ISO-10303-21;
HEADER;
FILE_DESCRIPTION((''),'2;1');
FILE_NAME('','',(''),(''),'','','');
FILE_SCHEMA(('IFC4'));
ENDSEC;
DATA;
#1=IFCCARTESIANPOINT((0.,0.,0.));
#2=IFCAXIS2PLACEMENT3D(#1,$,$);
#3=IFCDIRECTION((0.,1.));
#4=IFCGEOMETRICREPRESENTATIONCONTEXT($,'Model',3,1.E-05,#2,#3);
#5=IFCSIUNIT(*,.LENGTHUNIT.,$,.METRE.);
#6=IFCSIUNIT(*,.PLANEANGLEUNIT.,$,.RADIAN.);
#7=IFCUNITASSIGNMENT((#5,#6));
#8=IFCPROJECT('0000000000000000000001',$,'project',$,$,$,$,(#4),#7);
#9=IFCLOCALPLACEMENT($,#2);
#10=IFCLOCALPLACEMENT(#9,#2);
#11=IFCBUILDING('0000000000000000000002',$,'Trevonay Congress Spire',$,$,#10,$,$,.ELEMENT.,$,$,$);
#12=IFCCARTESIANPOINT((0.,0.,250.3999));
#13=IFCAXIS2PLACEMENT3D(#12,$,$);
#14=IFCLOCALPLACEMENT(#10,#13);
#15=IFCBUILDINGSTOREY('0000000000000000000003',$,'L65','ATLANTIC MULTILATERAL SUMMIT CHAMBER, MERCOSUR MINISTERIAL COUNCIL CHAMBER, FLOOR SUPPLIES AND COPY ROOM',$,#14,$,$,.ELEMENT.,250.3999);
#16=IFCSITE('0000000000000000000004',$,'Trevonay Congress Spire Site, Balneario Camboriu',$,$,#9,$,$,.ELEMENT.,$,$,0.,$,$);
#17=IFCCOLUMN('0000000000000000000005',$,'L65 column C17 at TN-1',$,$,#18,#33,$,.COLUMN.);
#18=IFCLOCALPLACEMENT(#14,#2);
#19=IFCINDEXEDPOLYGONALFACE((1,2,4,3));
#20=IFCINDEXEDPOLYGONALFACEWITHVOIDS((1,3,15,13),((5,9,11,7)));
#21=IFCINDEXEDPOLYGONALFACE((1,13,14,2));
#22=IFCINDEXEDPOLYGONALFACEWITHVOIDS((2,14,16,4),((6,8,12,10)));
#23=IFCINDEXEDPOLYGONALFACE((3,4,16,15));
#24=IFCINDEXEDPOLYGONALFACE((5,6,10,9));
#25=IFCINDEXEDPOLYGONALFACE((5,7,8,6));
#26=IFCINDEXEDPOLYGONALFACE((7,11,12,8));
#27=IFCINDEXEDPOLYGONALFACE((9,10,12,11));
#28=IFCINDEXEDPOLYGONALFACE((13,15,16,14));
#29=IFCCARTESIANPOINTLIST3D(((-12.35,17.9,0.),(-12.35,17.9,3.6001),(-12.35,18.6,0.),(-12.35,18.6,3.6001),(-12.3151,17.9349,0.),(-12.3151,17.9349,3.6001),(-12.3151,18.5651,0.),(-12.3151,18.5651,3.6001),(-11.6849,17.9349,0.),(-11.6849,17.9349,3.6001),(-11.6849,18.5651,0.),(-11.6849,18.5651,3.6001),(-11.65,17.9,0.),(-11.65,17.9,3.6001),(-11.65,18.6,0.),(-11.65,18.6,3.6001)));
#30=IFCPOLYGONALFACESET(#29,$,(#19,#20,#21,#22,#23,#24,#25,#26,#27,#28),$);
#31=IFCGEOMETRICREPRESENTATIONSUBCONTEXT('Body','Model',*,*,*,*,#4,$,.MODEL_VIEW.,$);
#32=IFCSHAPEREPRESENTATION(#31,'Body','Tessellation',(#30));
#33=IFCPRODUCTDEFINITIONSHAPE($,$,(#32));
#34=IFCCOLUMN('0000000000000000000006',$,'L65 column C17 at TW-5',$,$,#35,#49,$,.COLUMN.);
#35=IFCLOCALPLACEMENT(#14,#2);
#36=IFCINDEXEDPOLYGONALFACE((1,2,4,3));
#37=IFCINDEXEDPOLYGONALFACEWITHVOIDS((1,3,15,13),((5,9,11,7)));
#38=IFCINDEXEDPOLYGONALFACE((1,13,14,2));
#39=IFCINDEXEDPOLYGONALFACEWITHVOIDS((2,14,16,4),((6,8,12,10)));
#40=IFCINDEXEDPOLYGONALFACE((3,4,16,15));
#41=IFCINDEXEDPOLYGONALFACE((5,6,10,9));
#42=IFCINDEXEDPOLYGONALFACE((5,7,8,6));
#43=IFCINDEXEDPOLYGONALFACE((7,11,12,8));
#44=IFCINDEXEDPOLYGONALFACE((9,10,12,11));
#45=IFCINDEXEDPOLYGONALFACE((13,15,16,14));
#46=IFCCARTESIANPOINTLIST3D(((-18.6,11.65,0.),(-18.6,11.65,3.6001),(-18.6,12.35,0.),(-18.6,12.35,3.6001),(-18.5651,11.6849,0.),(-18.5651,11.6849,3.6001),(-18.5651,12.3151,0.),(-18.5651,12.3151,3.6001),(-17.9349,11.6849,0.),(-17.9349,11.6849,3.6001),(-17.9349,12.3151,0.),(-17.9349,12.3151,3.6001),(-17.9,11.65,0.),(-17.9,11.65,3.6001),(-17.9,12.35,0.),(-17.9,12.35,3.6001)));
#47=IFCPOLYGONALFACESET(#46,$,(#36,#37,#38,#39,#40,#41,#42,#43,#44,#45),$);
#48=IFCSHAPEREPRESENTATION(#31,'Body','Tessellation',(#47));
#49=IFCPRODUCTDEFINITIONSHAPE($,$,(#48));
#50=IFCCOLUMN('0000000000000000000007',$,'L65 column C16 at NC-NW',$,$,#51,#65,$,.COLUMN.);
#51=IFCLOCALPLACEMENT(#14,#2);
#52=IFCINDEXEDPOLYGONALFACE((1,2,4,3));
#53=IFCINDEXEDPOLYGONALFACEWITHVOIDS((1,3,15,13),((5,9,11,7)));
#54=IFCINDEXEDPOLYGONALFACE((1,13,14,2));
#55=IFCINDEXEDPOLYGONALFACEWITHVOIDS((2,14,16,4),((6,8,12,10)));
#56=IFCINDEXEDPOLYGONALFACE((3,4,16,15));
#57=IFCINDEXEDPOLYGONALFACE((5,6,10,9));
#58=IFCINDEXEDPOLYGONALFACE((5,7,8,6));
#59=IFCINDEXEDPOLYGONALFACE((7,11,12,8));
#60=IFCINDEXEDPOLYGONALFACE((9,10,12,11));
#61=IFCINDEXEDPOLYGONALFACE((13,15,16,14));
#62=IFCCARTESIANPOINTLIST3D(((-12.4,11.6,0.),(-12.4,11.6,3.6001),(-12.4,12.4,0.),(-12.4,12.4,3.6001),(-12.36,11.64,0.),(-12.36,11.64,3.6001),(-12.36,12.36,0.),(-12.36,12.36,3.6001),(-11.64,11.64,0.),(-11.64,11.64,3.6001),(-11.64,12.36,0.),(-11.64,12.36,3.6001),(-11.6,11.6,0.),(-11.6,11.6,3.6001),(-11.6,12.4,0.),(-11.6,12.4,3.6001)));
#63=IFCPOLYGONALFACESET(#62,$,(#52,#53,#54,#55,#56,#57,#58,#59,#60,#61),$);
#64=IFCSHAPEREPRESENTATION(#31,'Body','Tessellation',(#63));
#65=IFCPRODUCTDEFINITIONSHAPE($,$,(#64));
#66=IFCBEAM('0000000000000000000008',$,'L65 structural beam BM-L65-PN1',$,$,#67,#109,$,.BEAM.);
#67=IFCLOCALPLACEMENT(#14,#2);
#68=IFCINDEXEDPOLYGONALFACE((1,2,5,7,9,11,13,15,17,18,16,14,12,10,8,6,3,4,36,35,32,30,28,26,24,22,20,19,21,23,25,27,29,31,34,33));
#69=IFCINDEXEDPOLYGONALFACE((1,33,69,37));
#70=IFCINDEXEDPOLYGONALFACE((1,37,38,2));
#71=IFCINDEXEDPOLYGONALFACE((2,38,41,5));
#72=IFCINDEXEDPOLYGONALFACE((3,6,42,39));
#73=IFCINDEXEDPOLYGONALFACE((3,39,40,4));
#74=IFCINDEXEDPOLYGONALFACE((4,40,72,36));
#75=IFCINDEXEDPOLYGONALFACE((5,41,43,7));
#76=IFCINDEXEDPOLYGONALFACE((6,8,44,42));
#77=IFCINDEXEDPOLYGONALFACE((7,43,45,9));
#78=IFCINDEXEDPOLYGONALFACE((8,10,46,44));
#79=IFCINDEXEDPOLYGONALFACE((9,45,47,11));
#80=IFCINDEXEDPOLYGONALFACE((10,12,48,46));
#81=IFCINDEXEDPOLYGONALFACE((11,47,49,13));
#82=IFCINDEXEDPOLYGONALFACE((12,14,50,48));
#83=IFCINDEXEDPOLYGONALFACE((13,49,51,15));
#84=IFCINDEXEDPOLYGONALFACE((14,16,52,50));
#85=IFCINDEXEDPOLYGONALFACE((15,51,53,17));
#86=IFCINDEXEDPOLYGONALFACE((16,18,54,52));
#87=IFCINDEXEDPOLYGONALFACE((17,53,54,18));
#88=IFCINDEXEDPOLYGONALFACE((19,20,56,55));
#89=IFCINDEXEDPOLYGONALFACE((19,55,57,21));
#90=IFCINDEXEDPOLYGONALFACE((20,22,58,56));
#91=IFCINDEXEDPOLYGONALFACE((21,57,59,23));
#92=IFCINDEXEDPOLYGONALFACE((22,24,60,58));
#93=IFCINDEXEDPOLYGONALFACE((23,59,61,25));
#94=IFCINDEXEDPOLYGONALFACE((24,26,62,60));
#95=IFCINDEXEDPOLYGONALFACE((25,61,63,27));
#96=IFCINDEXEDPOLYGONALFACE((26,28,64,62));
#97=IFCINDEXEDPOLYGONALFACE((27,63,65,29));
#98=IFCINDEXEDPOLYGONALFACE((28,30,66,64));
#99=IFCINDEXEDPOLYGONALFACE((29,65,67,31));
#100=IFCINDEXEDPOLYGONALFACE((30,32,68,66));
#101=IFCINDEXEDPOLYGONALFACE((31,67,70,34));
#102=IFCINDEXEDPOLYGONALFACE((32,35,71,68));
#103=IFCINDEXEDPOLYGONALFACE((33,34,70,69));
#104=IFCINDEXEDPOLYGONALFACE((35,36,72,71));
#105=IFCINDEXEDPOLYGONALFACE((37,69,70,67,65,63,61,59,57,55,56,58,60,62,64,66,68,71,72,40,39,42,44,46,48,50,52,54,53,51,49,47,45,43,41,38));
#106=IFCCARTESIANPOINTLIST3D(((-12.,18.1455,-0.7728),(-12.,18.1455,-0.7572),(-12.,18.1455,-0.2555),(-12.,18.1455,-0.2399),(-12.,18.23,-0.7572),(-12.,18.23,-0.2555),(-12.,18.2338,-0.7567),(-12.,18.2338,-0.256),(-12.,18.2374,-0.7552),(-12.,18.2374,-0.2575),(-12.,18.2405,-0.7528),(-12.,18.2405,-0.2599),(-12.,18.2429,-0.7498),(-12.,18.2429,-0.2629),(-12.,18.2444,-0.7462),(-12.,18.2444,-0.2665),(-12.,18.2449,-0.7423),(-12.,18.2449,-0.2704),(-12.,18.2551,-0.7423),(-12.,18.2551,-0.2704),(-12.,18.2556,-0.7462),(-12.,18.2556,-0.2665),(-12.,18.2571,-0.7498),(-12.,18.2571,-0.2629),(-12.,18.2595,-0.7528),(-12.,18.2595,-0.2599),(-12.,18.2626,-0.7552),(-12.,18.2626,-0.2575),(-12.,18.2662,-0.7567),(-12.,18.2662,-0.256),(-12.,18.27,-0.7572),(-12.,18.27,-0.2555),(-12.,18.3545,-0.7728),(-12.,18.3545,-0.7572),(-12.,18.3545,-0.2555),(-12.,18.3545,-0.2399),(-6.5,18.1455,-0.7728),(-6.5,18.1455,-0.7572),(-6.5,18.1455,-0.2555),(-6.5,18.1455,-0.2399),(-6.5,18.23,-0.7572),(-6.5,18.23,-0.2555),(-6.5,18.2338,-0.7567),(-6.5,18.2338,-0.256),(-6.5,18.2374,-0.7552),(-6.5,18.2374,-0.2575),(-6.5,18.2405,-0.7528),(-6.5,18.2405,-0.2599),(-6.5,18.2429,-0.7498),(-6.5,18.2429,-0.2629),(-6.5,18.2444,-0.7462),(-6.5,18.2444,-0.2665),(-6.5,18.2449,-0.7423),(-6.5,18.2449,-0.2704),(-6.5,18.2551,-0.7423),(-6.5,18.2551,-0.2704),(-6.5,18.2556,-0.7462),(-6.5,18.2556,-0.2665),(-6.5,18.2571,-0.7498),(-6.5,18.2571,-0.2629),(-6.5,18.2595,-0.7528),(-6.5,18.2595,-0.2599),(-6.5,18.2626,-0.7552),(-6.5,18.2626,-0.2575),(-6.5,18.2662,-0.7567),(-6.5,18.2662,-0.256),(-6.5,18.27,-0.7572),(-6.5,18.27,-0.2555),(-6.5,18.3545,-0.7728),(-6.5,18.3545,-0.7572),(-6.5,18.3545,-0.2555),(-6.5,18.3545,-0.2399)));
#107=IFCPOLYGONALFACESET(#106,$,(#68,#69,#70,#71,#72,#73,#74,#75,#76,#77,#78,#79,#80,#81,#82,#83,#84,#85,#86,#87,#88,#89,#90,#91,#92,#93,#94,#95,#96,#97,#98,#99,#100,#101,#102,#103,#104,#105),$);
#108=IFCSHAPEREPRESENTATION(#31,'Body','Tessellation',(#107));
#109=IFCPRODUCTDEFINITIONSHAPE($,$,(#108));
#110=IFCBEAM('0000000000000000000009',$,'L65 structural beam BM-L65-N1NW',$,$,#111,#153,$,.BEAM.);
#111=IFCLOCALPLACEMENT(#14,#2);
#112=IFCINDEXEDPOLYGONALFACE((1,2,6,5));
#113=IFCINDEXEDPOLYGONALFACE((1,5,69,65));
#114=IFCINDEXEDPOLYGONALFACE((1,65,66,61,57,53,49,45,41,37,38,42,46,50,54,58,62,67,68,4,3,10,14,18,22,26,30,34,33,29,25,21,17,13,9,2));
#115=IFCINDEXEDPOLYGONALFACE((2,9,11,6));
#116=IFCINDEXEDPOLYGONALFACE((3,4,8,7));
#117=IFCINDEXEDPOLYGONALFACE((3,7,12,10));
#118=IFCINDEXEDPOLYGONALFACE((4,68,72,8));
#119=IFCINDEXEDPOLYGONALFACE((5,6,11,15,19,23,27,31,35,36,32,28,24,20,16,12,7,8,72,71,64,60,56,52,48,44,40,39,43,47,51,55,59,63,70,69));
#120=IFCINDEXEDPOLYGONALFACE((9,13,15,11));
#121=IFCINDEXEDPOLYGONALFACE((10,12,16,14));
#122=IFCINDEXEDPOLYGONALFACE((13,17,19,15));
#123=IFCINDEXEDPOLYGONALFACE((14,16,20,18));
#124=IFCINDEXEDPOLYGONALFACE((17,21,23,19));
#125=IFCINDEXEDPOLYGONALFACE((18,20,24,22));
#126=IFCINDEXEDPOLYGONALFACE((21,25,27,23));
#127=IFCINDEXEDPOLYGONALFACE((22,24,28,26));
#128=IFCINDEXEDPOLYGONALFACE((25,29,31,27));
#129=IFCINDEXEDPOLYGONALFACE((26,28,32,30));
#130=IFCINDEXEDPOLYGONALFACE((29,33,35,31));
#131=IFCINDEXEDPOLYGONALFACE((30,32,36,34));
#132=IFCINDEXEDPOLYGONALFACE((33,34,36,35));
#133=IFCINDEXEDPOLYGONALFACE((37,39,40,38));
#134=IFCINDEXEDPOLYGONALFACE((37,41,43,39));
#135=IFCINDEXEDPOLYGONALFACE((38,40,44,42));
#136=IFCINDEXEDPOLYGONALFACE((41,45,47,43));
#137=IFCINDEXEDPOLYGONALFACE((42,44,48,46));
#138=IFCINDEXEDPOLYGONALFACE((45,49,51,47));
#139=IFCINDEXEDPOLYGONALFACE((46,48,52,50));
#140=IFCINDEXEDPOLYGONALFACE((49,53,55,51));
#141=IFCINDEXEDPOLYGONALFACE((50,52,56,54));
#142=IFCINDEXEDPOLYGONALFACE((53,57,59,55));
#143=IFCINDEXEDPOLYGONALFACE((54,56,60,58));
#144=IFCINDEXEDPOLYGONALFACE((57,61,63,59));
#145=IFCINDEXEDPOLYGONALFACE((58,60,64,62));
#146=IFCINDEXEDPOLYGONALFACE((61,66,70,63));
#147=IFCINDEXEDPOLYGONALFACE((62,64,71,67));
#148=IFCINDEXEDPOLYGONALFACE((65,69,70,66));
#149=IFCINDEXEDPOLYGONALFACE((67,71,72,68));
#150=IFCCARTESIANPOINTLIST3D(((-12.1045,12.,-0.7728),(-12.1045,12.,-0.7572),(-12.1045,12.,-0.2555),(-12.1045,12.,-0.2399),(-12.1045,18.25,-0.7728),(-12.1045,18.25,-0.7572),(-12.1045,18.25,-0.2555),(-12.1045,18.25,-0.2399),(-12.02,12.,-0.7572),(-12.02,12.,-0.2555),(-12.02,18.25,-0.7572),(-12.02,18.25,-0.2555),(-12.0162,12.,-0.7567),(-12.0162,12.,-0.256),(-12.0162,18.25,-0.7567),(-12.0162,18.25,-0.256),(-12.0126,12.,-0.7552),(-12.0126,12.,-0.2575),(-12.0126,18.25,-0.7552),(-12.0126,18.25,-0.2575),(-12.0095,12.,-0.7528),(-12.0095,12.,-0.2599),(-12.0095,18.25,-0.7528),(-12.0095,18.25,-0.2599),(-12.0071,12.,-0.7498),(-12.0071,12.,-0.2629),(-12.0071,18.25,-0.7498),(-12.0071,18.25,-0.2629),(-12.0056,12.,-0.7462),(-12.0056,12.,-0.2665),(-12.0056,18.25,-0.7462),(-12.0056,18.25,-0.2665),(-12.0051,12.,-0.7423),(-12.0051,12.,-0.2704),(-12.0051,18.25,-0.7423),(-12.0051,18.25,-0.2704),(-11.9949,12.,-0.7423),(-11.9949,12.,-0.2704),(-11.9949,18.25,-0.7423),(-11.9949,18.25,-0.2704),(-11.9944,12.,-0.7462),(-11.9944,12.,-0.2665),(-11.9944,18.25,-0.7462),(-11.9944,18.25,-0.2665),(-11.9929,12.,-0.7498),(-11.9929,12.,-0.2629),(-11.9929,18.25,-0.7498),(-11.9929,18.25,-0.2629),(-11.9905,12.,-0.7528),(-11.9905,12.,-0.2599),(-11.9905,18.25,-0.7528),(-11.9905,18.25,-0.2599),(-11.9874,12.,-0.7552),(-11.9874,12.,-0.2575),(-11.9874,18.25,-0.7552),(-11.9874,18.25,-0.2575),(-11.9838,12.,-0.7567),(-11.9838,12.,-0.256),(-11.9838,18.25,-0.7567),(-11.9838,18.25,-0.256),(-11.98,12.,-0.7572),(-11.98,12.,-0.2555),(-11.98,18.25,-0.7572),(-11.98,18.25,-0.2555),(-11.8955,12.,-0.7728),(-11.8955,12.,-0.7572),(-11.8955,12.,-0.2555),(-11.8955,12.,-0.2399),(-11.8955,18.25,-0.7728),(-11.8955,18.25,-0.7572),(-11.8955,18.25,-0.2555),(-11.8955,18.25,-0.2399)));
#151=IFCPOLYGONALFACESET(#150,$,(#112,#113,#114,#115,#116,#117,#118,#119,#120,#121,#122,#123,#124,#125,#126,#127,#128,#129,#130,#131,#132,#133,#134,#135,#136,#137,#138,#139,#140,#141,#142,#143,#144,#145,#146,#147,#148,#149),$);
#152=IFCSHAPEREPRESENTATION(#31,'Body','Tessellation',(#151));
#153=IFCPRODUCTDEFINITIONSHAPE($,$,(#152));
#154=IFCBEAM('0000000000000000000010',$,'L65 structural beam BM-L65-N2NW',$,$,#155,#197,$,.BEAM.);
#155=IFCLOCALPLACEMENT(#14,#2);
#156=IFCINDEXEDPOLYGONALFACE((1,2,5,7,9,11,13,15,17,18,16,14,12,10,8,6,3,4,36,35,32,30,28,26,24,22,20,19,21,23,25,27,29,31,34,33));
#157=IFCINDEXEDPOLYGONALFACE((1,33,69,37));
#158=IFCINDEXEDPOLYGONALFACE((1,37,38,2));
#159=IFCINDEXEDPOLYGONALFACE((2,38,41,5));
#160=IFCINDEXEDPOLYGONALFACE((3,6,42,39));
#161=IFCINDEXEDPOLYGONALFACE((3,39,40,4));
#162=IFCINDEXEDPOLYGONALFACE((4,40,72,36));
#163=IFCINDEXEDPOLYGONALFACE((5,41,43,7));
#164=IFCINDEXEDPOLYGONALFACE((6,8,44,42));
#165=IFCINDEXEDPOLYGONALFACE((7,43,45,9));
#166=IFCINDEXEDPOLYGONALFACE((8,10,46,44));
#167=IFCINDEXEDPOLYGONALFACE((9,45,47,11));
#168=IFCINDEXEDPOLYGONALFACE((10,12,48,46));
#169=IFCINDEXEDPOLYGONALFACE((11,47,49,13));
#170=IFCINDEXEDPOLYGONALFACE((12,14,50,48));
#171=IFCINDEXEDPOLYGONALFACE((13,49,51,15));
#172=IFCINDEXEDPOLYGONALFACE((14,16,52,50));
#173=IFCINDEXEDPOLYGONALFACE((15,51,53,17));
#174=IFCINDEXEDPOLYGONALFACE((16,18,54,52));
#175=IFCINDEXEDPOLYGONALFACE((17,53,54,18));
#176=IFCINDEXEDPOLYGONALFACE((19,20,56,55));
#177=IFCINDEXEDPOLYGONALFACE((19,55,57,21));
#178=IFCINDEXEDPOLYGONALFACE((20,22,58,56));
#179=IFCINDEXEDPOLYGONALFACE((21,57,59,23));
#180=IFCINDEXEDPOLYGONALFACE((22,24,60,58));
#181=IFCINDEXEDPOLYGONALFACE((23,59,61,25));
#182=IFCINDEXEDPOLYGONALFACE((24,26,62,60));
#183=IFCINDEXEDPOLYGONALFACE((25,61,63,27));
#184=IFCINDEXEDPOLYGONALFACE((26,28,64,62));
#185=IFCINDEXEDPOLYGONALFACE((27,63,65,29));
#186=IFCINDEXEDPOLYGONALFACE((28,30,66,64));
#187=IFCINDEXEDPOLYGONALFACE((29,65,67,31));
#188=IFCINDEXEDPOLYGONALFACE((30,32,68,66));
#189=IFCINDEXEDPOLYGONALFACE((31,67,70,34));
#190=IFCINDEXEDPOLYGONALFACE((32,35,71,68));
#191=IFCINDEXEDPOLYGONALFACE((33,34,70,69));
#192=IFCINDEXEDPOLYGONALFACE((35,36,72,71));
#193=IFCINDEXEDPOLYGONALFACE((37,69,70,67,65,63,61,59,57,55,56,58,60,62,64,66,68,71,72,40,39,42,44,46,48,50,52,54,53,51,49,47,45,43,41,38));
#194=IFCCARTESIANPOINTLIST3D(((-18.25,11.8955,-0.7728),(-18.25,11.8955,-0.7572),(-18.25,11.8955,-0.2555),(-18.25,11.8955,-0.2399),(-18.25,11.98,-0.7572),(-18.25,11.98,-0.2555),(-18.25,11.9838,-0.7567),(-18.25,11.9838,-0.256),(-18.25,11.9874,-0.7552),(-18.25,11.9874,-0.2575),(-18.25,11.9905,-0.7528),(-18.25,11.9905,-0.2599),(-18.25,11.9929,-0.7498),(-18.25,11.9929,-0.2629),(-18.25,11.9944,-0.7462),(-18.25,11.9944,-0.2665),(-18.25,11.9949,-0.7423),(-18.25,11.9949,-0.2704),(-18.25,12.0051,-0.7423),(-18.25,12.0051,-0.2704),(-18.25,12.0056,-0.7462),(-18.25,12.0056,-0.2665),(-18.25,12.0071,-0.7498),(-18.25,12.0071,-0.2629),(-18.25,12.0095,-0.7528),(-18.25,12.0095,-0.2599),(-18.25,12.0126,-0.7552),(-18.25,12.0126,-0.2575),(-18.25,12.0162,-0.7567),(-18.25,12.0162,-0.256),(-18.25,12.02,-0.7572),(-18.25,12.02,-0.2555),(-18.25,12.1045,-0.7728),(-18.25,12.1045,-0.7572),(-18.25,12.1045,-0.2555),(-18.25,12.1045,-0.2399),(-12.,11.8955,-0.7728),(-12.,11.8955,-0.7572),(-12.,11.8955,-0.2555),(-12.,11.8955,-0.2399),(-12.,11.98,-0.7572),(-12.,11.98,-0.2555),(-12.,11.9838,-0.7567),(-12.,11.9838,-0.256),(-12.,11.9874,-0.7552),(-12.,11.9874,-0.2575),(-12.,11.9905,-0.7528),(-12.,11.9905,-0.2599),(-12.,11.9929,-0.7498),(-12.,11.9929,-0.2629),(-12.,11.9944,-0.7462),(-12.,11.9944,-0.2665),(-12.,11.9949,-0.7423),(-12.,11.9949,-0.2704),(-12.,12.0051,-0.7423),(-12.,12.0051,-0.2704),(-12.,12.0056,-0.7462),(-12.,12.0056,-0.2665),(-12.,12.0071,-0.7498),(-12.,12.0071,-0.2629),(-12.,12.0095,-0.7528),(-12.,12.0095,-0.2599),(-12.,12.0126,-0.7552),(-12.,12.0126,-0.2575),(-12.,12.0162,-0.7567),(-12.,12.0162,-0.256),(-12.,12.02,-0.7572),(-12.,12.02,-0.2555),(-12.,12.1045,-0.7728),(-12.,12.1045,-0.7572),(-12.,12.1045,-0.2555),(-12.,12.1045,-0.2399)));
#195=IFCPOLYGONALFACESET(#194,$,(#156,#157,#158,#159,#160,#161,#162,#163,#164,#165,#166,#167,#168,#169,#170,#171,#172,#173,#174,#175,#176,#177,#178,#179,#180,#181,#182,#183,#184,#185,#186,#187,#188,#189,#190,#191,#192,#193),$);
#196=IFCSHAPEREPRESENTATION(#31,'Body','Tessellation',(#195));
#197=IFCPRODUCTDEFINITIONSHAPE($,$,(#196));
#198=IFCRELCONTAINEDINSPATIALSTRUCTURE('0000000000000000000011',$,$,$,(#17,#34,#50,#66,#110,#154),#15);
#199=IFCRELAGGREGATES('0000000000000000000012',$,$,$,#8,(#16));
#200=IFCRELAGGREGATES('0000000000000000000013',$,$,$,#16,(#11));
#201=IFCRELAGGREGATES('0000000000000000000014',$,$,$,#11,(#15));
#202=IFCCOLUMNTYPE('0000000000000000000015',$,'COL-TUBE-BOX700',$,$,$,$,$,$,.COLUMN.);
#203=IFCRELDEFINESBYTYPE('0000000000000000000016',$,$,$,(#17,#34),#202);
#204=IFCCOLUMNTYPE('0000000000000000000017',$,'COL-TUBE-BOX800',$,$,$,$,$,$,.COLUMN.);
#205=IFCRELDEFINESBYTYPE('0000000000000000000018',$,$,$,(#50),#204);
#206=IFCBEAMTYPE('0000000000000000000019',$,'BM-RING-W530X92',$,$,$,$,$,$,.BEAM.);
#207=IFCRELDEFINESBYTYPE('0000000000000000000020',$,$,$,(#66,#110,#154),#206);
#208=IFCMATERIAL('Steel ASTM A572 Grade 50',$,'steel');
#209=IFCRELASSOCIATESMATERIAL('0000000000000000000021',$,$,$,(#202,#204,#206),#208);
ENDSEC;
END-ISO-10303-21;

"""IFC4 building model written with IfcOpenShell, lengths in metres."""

from ifc_helpers import new_model, si_unit, direction, frame, origin, origin_2d, place, context, subcontext, project, spatial, hollow_rectangle, i_section, extrude, material, material_profile, profile_set, type_object, element, save


model = new_model("IFC4")

# Units and contexts
model_context = context("Model", 3, precision=1e-05, world=origin(), true_north=direction((0.0, 1.0)))
body_context = subcontext(model_context, "Body", "Model", "MODEL_VIEW")
ifc_project = project(units=[si_unit("LENGTHUNIT", "METRE"), si_unit("PLANEANGLEUNIT", "RADIAN")], contexts=[model_context])

# Site, building, storey
site_placement = place(None, origin())
site = spatial("IfcSite", under=ifc_project, at=site_placement, Name="Trevonay Congress Spire Site, Balneario Camboriu", CompositionType="ELEMENT", RefElevation=0.0)
building_placement = place(site_placement, origin())
building = spatial("IfcBuilding", under=site, at=building_placement, Name="Trevonay Congress Spire", CompositionType="ELEMENT")
storey_placement = place(building_placement, frame((0.0, 0.0, 250.3999)))
storey = spatial("IfcBuildingStorey", under=building, at=storey_placement, Name="L65", Description="ATLANTIC MULTILATERAL SUMMIT CHAMBER, MERCOSUR MINISTERIAL COUNCIL CHAMBER, FLOOR SUPPLIES AND COPY ROOM", CompositionType="ELEMENT", Elevation=250.3999)

# Columns
ifc_material_1 = material(Name="Steel ASTM A572 Grade 50", Category="steel")
ifc_material_profile_1 = material_profile(ifc_material_1, hollow_rectangle(XDim=0.7, YDim=0.7, WallThickness=0.0349, at=origin_2d()), Name="BOX 700x700x35")
ifc_profile_set_1 = profile_set([ifc_material_profile_1], Name="Steel ASTM A572 Grade 50")
column_type_1 = type_object("IfcColumnType", Name="COL-TUBE-BOX700", PredefinedType="COLUMN", material=ifc_profile_set_1)
for number, where, z_axis, x_axis, name in (
    (1, (-12.0, 18.25, 0.0), (0.0, 0.0, 1.0), (1.0, 0.0, 0.0), "L65 column C17 at TN-1"),
    (2, (-18.25, 12.0, 0.0), (0.0, 0.0, 1.0), (1.0, 0.0, 0.0), "L65 column C17 at TW-5"),
):
    element("IfcColumn", number, at=place(storey_placement, frame(where, z_axis=z_axis, x_axis=x_axis)), inside=storey, type_object=column_type_1, Name=name, PredefinedType="COLUMN", context=body_context, shape_type="SweptSolid", body=[
        extrude(hollow_rectangle(XDim=0.7, YDim=0.7, WallThickness=0.0349, at=origin_2d()), origin(), (0.0, 0.0, 1.0), 3.6001),
    ])
ifc_material_profile_2 = material_profile(ifc_material_1, hollow_rectangle(XDim=0.8, YDim=0.8, WallThickness=0.04, at=origin_2d()), Name="BOX 800x800x40")
ifc_profile_set_2 = profile_set([ifc_material_profile_2], Name="Steel ASTM A572 Grade 50")
column_type_2 = type_object("IfcColumnType", Name="COL-TUBE-BOX800", PredefinedType="COLUMN", material=ifc_profile_set_2)
column_placement = place(storey_placement, frame((-12.0, 12.0, 0.0), z_axis=(0.0, 0.0, 1.0), x_axis=(1.0, 0.0, 0.0)))
element("IfcColumn", 3, at=column_placement, inside=storey, type_object=column_type_2, Name="L65 column C16 at NC-NW", PredefinedType="COLUMN", context=body_context, shape_type="SweptSolid", body=[
    extrude(hollow_rectangle(XDim=0.8, YDim=0.8, WallThickness=0.04, at=origin_2d()), origin(), (0.0, 0.0, 1.0), 3.6001),
])

# Beams
ifc_material_profile_3 = material_profile(ifc_material_1, i_section(OverallWidth=0.209, OverallDepth=0.533, WebThickness=0.0103, FlangeThickness=0.0156, FilletRadius=0.0149, at=origin_2d()), Name="W530x92")
ifc_profile_set_3 = profile_set([ifc_material_profile_3], Name="Steel ASTM A572 Grade 50")
beam_type = type_object("IfcBeamType", Name="BM-RING-W530X92", PredefinedType="BEAM", material=ifc_profile_set_3)
beam_placement = place(storey_placement, frame((-12.0, 18.25, -0.5063), z_axis=(1.0, 0.0, 0.0), x_axis=(0.0, 1.0, 0.0)))
element("IfcBeam", 4, at=beam_placement, inside=storey, type_object=beam_type, Name="L65 structural beam BM-L65-PN1", PredefinedType="BEAM", context=body_context, shape_type="SweptSolid", body=[
    extrude(i_section(OverallWidth=0.209, OverallDepth=0.533, WebThickness=0.0103, FlangeThickness=0.0156, FilletRadius=0.0149, at=origin_2d()), origin(), (0.0, 0.0, 1.0), 5.5),
])
for number, where, z_axis, x_axis, name in (
    (5, (-12.0, 18.25, -0.5063), (0.0, -1.0, 0.0), (1.0, 0.0, 0.0), "L65 structural beam BM-L65-N1NW"),
    (6, (-18.25, 12.0, -0.5063), (1.0, 0.0, 0.0), (0.0, 1.0, 0.0), "L65 structural beam BM-L65-N2NW"),
):
    element("IfcBeam", number, at=place(storey_placement, frame(where, z_axis=z_axis, x_axis=x_axis)), inside=storey, type_object=beam_type, Name=name, PredefinedType="BEAM", context=body_context, shape_type="SweptSolid", body=[
        extrude(i_section(OverallWidth=0.209, OverallDepth=0.533, WebThickness=0.0103, FlangeThickness=0.0156, FilletRadius=0.0149, at=origin_2d()), origin(), (0.0, 0.0, 1.0), 6.25),
    ])

save(model, "model.ifc")
